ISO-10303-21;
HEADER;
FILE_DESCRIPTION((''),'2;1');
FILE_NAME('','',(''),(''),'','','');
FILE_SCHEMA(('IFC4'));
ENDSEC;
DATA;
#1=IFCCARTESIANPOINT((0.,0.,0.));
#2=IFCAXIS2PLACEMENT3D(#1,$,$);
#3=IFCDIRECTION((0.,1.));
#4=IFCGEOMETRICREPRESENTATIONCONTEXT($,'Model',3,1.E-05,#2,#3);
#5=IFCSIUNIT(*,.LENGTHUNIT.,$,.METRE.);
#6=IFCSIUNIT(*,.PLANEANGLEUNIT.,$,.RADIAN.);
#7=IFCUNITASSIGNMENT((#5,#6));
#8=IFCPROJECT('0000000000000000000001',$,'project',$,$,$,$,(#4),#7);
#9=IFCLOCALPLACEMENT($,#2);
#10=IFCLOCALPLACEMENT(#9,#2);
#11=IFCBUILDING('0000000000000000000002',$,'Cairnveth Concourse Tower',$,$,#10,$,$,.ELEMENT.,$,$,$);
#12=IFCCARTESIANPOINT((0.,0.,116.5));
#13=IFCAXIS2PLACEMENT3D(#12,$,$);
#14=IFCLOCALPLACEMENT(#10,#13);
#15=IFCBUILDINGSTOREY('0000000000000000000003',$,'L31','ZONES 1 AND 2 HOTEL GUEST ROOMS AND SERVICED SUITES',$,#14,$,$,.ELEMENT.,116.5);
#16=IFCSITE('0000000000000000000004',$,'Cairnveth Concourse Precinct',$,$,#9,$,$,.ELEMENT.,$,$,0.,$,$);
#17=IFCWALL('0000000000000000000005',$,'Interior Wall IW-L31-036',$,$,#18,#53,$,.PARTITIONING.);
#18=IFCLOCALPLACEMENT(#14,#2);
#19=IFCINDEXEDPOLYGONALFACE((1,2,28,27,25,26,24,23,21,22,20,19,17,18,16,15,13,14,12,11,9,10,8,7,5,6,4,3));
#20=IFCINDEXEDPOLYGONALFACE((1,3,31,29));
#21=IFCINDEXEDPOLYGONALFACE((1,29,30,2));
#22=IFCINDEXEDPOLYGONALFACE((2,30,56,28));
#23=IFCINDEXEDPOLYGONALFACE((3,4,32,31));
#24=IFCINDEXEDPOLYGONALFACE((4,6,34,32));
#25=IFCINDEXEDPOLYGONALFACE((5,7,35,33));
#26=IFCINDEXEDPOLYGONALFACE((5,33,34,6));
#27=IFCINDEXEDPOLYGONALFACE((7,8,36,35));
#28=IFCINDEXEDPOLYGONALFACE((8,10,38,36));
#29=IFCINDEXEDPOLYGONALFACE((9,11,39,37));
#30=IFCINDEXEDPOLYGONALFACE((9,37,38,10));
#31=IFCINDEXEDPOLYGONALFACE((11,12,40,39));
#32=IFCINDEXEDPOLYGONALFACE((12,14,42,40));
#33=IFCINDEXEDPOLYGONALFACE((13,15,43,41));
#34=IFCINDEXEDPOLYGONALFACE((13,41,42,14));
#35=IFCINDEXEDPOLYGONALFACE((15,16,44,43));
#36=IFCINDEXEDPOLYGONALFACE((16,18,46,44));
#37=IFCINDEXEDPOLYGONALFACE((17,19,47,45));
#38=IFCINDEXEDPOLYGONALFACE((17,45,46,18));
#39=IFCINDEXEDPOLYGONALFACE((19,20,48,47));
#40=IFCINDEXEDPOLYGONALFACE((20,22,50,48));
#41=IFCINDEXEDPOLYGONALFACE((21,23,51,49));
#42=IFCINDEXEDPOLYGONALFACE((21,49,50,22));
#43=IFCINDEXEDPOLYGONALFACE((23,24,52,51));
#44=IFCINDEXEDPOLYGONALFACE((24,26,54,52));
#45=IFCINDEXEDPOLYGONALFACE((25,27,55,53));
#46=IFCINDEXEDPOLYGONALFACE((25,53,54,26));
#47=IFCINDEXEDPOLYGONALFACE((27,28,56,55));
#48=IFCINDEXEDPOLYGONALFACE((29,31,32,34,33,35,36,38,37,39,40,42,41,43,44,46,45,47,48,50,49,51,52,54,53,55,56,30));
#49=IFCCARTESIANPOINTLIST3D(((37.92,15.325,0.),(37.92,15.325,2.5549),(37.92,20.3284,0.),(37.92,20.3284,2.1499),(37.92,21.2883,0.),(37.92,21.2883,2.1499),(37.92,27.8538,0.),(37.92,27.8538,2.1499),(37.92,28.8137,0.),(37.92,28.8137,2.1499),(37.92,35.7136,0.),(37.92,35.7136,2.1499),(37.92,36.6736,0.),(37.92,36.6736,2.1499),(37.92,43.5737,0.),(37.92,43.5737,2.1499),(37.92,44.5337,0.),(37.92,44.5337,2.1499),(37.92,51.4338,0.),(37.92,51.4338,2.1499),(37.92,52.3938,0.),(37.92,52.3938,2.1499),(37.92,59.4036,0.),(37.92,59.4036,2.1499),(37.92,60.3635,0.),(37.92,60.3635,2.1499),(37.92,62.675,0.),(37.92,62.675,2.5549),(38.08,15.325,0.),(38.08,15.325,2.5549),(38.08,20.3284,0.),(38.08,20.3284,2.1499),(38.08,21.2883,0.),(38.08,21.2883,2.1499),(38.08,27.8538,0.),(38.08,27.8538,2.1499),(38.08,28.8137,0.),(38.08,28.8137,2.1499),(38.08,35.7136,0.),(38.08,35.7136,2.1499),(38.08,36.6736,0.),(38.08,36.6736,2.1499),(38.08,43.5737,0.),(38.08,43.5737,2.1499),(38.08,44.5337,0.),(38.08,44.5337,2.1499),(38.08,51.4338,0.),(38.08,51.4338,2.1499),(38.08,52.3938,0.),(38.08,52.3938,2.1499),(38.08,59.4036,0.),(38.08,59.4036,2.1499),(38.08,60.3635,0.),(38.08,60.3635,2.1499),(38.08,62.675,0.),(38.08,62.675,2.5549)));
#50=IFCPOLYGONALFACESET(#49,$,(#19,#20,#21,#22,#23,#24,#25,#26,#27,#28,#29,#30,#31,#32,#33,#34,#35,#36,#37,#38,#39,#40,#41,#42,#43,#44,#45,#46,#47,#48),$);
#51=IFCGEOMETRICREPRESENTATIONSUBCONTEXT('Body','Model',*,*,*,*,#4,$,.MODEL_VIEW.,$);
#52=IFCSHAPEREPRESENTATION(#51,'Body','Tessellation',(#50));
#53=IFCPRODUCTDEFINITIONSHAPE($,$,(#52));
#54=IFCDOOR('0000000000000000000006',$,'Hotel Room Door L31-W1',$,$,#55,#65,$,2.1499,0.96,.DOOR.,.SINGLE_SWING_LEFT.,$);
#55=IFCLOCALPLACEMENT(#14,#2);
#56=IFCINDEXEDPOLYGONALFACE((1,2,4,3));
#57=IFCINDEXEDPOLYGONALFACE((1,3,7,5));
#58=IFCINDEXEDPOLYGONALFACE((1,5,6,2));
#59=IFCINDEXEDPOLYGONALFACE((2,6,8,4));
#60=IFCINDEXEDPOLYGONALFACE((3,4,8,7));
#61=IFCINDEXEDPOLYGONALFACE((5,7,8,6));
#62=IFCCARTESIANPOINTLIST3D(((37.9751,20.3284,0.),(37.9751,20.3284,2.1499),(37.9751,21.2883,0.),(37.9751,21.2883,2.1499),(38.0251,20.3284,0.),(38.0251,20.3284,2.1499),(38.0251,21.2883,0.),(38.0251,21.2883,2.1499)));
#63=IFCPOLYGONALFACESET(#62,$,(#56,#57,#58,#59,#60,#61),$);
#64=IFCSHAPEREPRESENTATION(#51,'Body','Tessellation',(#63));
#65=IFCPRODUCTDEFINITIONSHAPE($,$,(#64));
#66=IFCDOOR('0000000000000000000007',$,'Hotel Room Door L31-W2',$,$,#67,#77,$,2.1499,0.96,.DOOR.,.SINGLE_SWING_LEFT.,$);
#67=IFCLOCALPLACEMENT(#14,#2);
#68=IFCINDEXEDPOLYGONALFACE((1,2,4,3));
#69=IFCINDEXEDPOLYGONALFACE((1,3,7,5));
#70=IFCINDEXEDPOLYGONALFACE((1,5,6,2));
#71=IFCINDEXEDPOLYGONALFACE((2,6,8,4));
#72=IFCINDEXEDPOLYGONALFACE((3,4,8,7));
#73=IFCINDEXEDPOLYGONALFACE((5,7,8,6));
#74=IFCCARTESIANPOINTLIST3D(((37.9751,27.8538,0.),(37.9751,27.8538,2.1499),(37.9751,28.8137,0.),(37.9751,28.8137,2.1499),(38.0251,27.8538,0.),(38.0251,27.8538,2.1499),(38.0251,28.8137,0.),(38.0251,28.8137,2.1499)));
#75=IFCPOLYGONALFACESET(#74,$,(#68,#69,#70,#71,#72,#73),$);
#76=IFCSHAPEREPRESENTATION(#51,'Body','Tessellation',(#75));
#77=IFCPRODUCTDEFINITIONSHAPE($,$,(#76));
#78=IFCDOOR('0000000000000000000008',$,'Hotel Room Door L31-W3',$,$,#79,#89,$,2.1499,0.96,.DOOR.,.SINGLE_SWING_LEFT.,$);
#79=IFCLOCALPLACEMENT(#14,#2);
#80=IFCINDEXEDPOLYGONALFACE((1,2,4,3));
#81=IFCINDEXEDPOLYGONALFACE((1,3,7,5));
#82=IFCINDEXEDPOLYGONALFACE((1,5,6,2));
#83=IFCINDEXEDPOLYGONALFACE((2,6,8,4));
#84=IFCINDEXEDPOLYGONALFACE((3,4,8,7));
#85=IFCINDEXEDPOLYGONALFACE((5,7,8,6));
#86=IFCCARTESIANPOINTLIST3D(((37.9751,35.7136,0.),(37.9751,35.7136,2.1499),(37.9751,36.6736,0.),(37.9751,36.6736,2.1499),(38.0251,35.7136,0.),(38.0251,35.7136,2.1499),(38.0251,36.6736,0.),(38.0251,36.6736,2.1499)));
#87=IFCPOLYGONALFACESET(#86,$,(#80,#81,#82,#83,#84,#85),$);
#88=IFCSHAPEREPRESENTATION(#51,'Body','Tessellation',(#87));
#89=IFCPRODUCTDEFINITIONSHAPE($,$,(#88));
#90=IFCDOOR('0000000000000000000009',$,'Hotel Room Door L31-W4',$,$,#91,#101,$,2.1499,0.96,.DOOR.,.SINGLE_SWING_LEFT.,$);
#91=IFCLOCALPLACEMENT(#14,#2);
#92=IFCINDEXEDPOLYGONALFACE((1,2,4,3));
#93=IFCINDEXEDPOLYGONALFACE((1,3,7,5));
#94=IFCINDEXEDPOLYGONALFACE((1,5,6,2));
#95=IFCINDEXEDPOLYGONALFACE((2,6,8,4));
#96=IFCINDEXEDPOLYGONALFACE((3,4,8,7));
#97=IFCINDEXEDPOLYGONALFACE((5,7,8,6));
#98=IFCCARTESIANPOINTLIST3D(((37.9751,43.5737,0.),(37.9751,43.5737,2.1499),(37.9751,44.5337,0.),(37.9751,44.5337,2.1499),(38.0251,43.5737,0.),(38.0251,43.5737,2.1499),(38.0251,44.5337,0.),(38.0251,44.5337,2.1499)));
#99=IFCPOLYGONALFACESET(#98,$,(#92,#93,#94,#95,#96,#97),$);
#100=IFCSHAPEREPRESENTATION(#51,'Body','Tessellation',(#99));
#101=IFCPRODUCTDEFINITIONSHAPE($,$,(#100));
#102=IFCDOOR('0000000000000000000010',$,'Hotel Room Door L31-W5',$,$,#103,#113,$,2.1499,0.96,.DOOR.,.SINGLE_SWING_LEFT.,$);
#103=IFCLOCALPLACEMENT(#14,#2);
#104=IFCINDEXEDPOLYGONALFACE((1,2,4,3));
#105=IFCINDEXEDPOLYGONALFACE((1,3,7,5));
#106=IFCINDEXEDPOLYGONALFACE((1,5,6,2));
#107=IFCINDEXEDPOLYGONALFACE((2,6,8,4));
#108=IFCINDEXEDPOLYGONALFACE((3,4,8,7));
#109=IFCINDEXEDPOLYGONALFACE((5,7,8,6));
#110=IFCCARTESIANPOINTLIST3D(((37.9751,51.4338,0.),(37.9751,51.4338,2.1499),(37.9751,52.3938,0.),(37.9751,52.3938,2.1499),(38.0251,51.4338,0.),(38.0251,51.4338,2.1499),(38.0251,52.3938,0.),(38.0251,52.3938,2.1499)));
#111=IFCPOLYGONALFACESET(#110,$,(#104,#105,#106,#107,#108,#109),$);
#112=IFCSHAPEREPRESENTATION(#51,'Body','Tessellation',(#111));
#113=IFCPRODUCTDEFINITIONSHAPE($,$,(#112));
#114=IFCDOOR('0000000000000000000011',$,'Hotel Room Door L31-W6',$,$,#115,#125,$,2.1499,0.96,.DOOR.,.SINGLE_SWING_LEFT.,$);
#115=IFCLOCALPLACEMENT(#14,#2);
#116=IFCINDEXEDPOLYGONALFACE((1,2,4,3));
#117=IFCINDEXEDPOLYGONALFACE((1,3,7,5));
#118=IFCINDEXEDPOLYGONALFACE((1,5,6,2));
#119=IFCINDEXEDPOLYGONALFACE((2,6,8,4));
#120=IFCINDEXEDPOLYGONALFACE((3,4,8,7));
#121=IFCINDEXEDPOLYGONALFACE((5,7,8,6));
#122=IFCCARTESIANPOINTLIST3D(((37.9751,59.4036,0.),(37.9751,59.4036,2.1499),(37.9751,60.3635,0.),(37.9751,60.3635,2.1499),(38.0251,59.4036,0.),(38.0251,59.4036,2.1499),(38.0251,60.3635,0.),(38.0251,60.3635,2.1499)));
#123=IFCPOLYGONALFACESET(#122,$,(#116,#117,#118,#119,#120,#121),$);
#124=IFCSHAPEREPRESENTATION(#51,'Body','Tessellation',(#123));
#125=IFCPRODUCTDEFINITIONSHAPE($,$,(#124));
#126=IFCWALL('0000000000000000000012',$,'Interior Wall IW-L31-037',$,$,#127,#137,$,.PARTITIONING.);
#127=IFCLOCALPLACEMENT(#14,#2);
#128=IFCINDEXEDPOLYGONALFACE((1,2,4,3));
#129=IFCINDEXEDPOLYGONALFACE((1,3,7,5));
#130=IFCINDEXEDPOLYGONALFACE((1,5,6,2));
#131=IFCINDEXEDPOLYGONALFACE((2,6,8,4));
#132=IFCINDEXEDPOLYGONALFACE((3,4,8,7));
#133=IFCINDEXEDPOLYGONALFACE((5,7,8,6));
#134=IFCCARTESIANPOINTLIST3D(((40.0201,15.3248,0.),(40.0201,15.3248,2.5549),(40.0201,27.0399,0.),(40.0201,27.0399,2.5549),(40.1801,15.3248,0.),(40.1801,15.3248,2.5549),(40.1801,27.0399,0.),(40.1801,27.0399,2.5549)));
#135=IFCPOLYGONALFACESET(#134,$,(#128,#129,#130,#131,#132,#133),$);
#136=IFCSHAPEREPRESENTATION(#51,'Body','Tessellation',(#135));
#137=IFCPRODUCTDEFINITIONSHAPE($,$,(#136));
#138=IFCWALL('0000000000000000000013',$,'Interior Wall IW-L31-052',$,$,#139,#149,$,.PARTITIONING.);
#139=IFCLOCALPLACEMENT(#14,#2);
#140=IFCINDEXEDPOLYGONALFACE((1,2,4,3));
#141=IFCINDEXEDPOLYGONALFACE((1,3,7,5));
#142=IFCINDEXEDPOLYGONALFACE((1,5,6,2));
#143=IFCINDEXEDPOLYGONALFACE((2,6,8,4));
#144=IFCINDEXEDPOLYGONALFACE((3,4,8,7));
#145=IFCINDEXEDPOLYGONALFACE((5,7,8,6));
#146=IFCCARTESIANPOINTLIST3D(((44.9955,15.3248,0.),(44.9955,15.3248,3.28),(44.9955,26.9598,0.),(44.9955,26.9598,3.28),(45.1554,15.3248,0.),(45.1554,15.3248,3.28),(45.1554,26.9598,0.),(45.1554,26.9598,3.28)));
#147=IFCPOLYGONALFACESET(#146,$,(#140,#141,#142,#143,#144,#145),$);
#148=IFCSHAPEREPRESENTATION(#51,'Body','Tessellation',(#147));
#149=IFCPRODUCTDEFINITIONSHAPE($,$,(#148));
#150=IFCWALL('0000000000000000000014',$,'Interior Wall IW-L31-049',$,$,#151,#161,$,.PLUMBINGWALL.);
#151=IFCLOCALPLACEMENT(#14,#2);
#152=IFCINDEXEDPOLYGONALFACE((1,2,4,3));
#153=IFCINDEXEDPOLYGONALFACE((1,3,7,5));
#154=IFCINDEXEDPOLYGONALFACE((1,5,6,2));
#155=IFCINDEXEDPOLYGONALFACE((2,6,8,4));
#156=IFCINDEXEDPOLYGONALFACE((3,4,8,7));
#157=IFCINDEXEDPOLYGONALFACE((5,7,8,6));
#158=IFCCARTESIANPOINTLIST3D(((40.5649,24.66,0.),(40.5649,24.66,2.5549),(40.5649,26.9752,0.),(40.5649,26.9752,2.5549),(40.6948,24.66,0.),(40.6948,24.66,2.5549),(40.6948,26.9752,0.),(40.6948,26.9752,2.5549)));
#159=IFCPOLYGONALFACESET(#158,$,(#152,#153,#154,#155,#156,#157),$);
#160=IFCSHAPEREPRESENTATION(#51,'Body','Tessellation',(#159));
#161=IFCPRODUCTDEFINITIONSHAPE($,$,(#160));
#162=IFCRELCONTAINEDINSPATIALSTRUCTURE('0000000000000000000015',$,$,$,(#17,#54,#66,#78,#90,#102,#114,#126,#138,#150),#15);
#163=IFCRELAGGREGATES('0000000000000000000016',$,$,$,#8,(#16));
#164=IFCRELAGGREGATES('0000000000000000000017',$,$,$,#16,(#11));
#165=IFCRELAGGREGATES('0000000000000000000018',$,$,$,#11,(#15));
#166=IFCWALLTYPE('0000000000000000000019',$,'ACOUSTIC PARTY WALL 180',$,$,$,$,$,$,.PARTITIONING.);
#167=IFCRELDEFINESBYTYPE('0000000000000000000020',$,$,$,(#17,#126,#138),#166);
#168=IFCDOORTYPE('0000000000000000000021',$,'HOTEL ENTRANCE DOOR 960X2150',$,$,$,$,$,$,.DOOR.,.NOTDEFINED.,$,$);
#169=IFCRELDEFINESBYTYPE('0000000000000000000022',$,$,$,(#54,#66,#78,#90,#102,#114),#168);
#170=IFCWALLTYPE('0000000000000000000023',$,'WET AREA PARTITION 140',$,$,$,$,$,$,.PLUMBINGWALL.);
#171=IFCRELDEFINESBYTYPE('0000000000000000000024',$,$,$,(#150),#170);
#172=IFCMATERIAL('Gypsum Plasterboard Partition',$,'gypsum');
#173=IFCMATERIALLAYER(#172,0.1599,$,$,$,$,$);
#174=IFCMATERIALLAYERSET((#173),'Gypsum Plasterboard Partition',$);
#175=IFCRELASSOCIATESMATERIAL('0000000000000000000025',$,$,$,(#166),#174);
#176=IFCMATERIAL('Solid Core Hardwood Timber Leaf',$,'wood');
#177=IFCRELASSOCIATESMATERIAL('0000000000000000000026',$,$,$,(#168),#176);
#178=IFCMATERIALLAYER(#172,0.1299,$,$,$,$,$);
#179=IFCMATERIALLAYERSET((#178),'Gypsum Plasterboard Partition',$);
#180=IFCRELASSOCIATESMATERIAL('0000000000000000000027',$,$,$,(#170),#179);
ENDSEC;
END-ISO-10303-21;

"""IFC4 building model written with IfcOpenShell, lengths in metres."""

from ifc_helpers import new_model, si_unit, direction, frame, frame_2d, origin, place, context, subcontext, project, spatial, rectangle, extrude, material, layer, layer_set, type_object, element, fill, save


model = new_model("IFC4")

# Units and contexts
model_context = context("Model", 3, precision=1e-05, world=origin(), true_north=direction((0.0, 1.0)))
body_context = subcontext(model_context, "Body", "Model", "MODEL_VIEW")
ifc_project = project(units=[si_unit("LENGTHUNIT", "METRE"), si_unit("PLANEANGLEUNIT", "RADIAN")], contexts=[model_context])

# Site, building, storey
site_placement = place(None, origin())
site = spatial("IfcSite", under=ifc_project, at=site_placement, Name="Cairnveth Concourse Precinct", CompositionType="ELEMENT", RefElevation=0.0)
building_placement = place(site_placement, origin())
building = spatial("IfcBuilding", under=site, at=building_placement, Name="Cairnveth Concourse Tower", CompositionType="ELEMENT")
storey_placement = place(building_placement, frame((0.0, 0.0, 116.5)))
storey = spatial("IfcBuildingStorey", under=building, at=storey_placement, Name="L31", Description="ZONES 1 AND 2 HOTEL GUEST ROOMS AND SERVICED SUITES", CompositionType="ELEMENT", Elevation=116.5)

# Wall, openings, doors
ifc_material_1 = material(Name="Gypsum Plasterboard Partition", Category="gypsum")
ifc_layer_1 = layer(ifc_material_1, 0.1599)
ifc_layer_set_1 = layer_set([ifc_layer_1], Name="Gypsum Plasterboard Partition")
wall_type_1 = type_object("IfcWallType", Name="ACOUSTIC PARTY WALL 180", PredefinedType="PARTITIONING", material=ifc_layer_set_1)
wall_1_placement = place(storey_placement, frame((38.0, 15.325, 0.0), z_axis=(0.0, 0.0, 1.0), x_axis=(0.0, 1.0, 0.0)))
wall_1 = element("IfcWall", 1, at=wall_1_placement, inside=storey, type_object=wall_type_1, Name="Interior Wall IW-L31-036", PredefinedType="PARTITIONING", context=body_context, shape_type="SweptSolid", body=[
    extrude(rectangle(XDim=47.3501, YDim=0.1599, at=frame_2d((23.675, 0.0))), origin(), (0.0, 0.0, 1.0), 2.5549),
])
opening_1_placement = place(wall_1_placement, frame((5.0034, 0.0, 0.0)))
opening_1 = element("IfcOpeningElement", 2, at=opening_1_placement, cuts=wall_1, PredefinedType="OPENING", context=body_context, shape_type="SweptSolid", body=[
    extrude(rectangle(XDim=0.96, YDim=2.1499, at=frame_2d((0.48, 1.075))), frame((0.0, 0.0898, 0.0), z_axis=(0.0, -1.0, 0.0), x_axis=(1.0, 0.0, 0.0)), (0.0, 0.0, 1.0), 0.1799),
])
opening_2_placement = place(wall_1_placement, frame((12.5288, 0.0, 0.0)))
opening_2 = element("IfcOpeningElement", 3, at=opening_2_placement, cuts=wall_1, PredefinedType="OPENING", context=body_context, shape_type="SweptSolid", body=[
    extrude(rectangle(XDim=0.96, YDim=2.1499, at=frame_2d((0.48, 1.075))), frame((0.0, 0.0898, 0.0), z_axis=(0.0, -1.0, 0.0), x_axis=(1.0, 0.0, 0.0)), (0.0, 0.0, 1.0), 0.1799),
])
opening_3_placement = place(wall_1_placement, frame((20.3887, 0.0, 0.0)))
opening_3 = element("IfcOpeningElement", 4, at=opening_3_placement, cuts=wall_1, PredefinedType="OPENING", context=body_context, shape_type="SweptSolid", body=[
    extrude(rectangle(XDim=0.96, YDim=2.1499, at=frame_2d((0.48, 1.075))), frame((0.0, 0.0898, 0.0), z_axis=(0.0, -1.0, 0.0), x_axis=(1.0, 0.0, 0.0)), (0.0, 0.0, 1.0), 0.1799),
])
opening_4_placement = place(wall_1_placement, frame((28.2488, 0.0, 0.0)))
opening_4 = element("IfcOpeningElement", 5, at=opening_4_placement, cuts=wall_1, PredefinedType="OPENING", context=body_context, shape_type="SweptSolid", body=[
    extrude(rectangle(XDim=0.96, YDim=2.1499, at=frame_2d((0.48, 1.075))), frame((0.0, 0.0898, 0.0), z_axis=(0.0, -1.0, 0.0), x_axis=(1.0, 0.0, 0.0)), (0.0, 0.0, 1.0), 0.1799),
])
opening_5_placement = place(wall_1_placement, frame((36.1089, 0.0, 0.0)))
opening_5 = element("IfcOpeningElement", 6, at=opening_5_placement, cuts=wall_1, PredefinedType="OPENING", context=body_context, shape_type="SweptSolid", body=[
    extrude(rectangle(XDim=0.96, YDim=2.1499, at=frame_2d((0.48, 1.075))), frame((0.0, 0.0898, 0.0), z_axis=(0.0, -1.0, 0.0), x_axis=(1.0, 0.0, 0.0)), (0.0, 0.0, 1.0), 0.1799),
])
opening_6_placement = place(wall_1_placement, frame((44.0786, 0.0, 0.0)))
opening_6 = element("IfcOpeningElement", 7, at=opening_6_placement, cuts=wall_1, PredefinedType="OPENING", context=body_context, shape_type="SweptSolid", body=[
    extrude(rectangle(XDim=0.96, YDim=2.1499, at=frame_2d((0.48, 1.075))), frame((0.0, 0.0898, 0.0), z_axis=(0.0, -1.0, 0.0), x_axis=(1.0, 0.0, 0.0)), (0.0, 0.0, 1.0), 0.1799),
])
ifc_material_2 = material(Name="Solid Core Hardwood Timber Leaf", Category="wood")
door_type_1 = type_object("IfcDoorType", Name="HOTEL ENTRANCE DOOR 960X2150", OperationType="NOTDEFINED", PredefinedType="DOOR", material=ifc_material_2)
door_1_placement = place(opening_1_placement, origin())
door_1 = element("IfcDoor", 8, at=door_1_placement, inside=storey, type_object=door_type_1, Name="Hotel Room Door L31-W1", OperationType="SINGLE_SWING_LEFT", OverallHeight=2.1499, OverallWidth=0.96, PredefinedType="DOOR", context=body_context, shape_type="SweptSolid", body=[
    extrude(rectangle(XDim=0.96, YDim=2.1499, at=frame_2d((0.48, 1.075))), frame((0.0, 0.0249, 0.0), z_axis=(0.0, -1.0, 0.0), x_axis=(1.0, 0.0, 0.0)), (0.0, 0.0, 1.0), 0.05),
])
fill(opening_1, door_1)
door_2_placement = place(opening_2_placement, origin())
door_2 = element("IfcDoor", 9, at=door_2_placement, inside=storey, type_object=door_type_1, Name="Hotel Room Door L31-W2", OperationType="SINGLE_SWING_LEFT", OverallHeight=2.1499, OverallWidth=0.96, PredefinedType="DOOR", context=body_context, shape_type="SweptSolid", body=[
    extrude(rectangle(XDim=0.96, YDim=2.1499, at=frame_2d((0.48, 1.075))), frame((0.0, 0.0249, 0.0), z_axis=(0.0, -1.0, 0.0), x_axis=(1.0, 0.0, 0.0)), (0.0, 0.0, 1.0), 0.05),
])
fill(opening_2, door_2)
door_3_placement = place(opening_3_placement, origin())
door_3 = element("IfcDoor", 10, at=door_3_placement, inside=storey, type_object=door_type_1, Name="Hotel Room Door L31-W3", OperationType="SINGLE_SWING_LEFT", OverallHeight=2.1499, OverallWidth=0.96, PredefinedType="DOOR", context=body_context, shape_type="SweptSolid", body=[
    extrude(rectangle(XDim=0.96, YDim=2.1499, at=frame_2d((0.48, 1.075))), frame((0.0, 0.0249, 0.0), z_axis=(0.0, -1.0, 0.0), x_axis=(1.0, 0.0, 0.0)), (0.0, 0.0, 1.0), 0.05),
])
fill(opening_3, door_3)
door_4_placement = place(opening_4_placement, origin())
door_4 = element("IfcDoor", 11, at=door_4_placement, inside=storey, type_object=door_type_1, Name="Hotel Room Door L31-W4", OperationType="SINGLE_SWING_LEFT", OverallHeight=2.1499, OverallWidth=0.96, PredefinedType="DOOR", context=body_context, shape_type="SweptSolid", body=[
    extrude(rectangle(XDim=0.96, YDim=2.1499, at=frame_2d((0.48, 1.075))), frame((0.0, 0.0249, 0.0), z_axis=(0.0, -1.0, 0.0), x_axis=(1.0, 0.0, 0.0)), (0.0, 0.0, 1.0), 0.05),
])
fill(opening_4, door_4)
door_5_placement = place(opening_5_placement, origin())
door_5 = element("IfcDoor", 12, at=door_5_placement, inside=storey, type_object=door_type_1, Name="Hotel Room Door L31-W5", OperationType="SINGLE_SWING_LEFT", OverallHeight=2.1499, OverallWidth=0.96, PredefinedType="DOOR", context=body_context, shape_type="SweptSolid", body=[
    extrude(rectangle(XDim=0.96, YDim=2.1499, at=frame_2d((0.48, 1.075))), frame((0.0, 0.0249, 0.0), z_axis=(0.0, -1.0, 0.0), x_axis=(1.0, 0.0, 0.0)), (0.0, 0.0, 1.0), 0.05),
])
fill(opening_5, door_5)
door_6_placement = place(opening_6_placement, origin())
door_6 = element("IfcDoor", 13, at=door_6_placement, inside=storey, type_object=door_type_1, Name="Hotel Room Door L31-W6", OperationType="SINGLE_SWING_LEFT", OverallHeight=2.1499, OverallWidth=0.96, PredefinedType="DOOR", context=body_context, shape_type="SweptSolid", body=[
    extrude(rectangle(XDim=0.96, YDim=2.1499, at=frame_2d((0.48, 1.075))), frame((0.0, 0.0249, 0.0), z_axis=(0.0, -1.0, 0.0), x_axis=(1.0, 0.0, 0.0)), (0.0, 0.0, 1.0), 0.05),
])
fill(opening_6, door_6)

# Walls
wall_2_placement = place(storey_placement, frame((40.1001, 15.325, 0.0), z_axis=(0.0, 0.0, 1.0), x_axis=(0.0, 1.0, 0.0)))
element("IfcWall", 14, at=wall_2_placement, inside=storey, type_object=wall_type_1, Name="Interior Wall IW-L31-037", PredefinedType="PARTITIONING", context=body_context, shape_type="SweptSolid", body=[
    extrude(rectangle(XDim=11.7151, YDim=0.1599, at=frame_2d((5.8574, 0.0))), origin(), (0.0, 0.0, 1.0), 2.5549),
])
wall_3_placement = place(storey_placement, frame((45.0754, 15.325, 0.0), z_axis=(0.0, 0.0, 1.0), x_axis=(0.0, 1.0, 0.0)))
element("IfcWall", 15, at=wall_3_placement, inside=storey, type_object=wall_type_1, Name="Interior Wall IW-L31-052", PredefinedType="PARTITIONING", context=body_context, shape_type="SweptSolid", body=[
    extrude(rectangle(XDim=11.635, YDim=0.1599, at=frame_2d((5.8174, 0.0))), origin(), (0.0, 0.0, 1.0), 3.28),
])
ifc_layer_2 = layer(ifc_material_1, 0.1299)
ifc_layer_set_2 = layer_set([ifc_layer_2], Name="Gypsum Plasterboard Partition")
wall_type_2 = type_object("IfcWallType", Name="WET AREA PARTITION 140", PredefinedType="PLUMBINGWALL", material=ifc_layer_set_2)
wall_4_placement = place(storey_placement, frame((40.6299, 24.6599, 0.0), z_axis=(0.0, 0.0, 1.0), x_axis=(0.0, 1.0, 0.0)))
element("IfcWall", 16, at=wall_4_placement, inside=storey, type_object=wall_type_2, Name="Interior Wall IW-L31-049", PredefinedType="PLUMBINGWALL", context=body_context, shape_type="SweptSolid", body=[
    extrude(rectangle(XDim=2.3152, YDim=0.1299, at=frame_2d((1.1577, 0.0))), origin(), (0.0, 0.0, 1.0), 2.5549),
])

save(model, "model.ifc")
